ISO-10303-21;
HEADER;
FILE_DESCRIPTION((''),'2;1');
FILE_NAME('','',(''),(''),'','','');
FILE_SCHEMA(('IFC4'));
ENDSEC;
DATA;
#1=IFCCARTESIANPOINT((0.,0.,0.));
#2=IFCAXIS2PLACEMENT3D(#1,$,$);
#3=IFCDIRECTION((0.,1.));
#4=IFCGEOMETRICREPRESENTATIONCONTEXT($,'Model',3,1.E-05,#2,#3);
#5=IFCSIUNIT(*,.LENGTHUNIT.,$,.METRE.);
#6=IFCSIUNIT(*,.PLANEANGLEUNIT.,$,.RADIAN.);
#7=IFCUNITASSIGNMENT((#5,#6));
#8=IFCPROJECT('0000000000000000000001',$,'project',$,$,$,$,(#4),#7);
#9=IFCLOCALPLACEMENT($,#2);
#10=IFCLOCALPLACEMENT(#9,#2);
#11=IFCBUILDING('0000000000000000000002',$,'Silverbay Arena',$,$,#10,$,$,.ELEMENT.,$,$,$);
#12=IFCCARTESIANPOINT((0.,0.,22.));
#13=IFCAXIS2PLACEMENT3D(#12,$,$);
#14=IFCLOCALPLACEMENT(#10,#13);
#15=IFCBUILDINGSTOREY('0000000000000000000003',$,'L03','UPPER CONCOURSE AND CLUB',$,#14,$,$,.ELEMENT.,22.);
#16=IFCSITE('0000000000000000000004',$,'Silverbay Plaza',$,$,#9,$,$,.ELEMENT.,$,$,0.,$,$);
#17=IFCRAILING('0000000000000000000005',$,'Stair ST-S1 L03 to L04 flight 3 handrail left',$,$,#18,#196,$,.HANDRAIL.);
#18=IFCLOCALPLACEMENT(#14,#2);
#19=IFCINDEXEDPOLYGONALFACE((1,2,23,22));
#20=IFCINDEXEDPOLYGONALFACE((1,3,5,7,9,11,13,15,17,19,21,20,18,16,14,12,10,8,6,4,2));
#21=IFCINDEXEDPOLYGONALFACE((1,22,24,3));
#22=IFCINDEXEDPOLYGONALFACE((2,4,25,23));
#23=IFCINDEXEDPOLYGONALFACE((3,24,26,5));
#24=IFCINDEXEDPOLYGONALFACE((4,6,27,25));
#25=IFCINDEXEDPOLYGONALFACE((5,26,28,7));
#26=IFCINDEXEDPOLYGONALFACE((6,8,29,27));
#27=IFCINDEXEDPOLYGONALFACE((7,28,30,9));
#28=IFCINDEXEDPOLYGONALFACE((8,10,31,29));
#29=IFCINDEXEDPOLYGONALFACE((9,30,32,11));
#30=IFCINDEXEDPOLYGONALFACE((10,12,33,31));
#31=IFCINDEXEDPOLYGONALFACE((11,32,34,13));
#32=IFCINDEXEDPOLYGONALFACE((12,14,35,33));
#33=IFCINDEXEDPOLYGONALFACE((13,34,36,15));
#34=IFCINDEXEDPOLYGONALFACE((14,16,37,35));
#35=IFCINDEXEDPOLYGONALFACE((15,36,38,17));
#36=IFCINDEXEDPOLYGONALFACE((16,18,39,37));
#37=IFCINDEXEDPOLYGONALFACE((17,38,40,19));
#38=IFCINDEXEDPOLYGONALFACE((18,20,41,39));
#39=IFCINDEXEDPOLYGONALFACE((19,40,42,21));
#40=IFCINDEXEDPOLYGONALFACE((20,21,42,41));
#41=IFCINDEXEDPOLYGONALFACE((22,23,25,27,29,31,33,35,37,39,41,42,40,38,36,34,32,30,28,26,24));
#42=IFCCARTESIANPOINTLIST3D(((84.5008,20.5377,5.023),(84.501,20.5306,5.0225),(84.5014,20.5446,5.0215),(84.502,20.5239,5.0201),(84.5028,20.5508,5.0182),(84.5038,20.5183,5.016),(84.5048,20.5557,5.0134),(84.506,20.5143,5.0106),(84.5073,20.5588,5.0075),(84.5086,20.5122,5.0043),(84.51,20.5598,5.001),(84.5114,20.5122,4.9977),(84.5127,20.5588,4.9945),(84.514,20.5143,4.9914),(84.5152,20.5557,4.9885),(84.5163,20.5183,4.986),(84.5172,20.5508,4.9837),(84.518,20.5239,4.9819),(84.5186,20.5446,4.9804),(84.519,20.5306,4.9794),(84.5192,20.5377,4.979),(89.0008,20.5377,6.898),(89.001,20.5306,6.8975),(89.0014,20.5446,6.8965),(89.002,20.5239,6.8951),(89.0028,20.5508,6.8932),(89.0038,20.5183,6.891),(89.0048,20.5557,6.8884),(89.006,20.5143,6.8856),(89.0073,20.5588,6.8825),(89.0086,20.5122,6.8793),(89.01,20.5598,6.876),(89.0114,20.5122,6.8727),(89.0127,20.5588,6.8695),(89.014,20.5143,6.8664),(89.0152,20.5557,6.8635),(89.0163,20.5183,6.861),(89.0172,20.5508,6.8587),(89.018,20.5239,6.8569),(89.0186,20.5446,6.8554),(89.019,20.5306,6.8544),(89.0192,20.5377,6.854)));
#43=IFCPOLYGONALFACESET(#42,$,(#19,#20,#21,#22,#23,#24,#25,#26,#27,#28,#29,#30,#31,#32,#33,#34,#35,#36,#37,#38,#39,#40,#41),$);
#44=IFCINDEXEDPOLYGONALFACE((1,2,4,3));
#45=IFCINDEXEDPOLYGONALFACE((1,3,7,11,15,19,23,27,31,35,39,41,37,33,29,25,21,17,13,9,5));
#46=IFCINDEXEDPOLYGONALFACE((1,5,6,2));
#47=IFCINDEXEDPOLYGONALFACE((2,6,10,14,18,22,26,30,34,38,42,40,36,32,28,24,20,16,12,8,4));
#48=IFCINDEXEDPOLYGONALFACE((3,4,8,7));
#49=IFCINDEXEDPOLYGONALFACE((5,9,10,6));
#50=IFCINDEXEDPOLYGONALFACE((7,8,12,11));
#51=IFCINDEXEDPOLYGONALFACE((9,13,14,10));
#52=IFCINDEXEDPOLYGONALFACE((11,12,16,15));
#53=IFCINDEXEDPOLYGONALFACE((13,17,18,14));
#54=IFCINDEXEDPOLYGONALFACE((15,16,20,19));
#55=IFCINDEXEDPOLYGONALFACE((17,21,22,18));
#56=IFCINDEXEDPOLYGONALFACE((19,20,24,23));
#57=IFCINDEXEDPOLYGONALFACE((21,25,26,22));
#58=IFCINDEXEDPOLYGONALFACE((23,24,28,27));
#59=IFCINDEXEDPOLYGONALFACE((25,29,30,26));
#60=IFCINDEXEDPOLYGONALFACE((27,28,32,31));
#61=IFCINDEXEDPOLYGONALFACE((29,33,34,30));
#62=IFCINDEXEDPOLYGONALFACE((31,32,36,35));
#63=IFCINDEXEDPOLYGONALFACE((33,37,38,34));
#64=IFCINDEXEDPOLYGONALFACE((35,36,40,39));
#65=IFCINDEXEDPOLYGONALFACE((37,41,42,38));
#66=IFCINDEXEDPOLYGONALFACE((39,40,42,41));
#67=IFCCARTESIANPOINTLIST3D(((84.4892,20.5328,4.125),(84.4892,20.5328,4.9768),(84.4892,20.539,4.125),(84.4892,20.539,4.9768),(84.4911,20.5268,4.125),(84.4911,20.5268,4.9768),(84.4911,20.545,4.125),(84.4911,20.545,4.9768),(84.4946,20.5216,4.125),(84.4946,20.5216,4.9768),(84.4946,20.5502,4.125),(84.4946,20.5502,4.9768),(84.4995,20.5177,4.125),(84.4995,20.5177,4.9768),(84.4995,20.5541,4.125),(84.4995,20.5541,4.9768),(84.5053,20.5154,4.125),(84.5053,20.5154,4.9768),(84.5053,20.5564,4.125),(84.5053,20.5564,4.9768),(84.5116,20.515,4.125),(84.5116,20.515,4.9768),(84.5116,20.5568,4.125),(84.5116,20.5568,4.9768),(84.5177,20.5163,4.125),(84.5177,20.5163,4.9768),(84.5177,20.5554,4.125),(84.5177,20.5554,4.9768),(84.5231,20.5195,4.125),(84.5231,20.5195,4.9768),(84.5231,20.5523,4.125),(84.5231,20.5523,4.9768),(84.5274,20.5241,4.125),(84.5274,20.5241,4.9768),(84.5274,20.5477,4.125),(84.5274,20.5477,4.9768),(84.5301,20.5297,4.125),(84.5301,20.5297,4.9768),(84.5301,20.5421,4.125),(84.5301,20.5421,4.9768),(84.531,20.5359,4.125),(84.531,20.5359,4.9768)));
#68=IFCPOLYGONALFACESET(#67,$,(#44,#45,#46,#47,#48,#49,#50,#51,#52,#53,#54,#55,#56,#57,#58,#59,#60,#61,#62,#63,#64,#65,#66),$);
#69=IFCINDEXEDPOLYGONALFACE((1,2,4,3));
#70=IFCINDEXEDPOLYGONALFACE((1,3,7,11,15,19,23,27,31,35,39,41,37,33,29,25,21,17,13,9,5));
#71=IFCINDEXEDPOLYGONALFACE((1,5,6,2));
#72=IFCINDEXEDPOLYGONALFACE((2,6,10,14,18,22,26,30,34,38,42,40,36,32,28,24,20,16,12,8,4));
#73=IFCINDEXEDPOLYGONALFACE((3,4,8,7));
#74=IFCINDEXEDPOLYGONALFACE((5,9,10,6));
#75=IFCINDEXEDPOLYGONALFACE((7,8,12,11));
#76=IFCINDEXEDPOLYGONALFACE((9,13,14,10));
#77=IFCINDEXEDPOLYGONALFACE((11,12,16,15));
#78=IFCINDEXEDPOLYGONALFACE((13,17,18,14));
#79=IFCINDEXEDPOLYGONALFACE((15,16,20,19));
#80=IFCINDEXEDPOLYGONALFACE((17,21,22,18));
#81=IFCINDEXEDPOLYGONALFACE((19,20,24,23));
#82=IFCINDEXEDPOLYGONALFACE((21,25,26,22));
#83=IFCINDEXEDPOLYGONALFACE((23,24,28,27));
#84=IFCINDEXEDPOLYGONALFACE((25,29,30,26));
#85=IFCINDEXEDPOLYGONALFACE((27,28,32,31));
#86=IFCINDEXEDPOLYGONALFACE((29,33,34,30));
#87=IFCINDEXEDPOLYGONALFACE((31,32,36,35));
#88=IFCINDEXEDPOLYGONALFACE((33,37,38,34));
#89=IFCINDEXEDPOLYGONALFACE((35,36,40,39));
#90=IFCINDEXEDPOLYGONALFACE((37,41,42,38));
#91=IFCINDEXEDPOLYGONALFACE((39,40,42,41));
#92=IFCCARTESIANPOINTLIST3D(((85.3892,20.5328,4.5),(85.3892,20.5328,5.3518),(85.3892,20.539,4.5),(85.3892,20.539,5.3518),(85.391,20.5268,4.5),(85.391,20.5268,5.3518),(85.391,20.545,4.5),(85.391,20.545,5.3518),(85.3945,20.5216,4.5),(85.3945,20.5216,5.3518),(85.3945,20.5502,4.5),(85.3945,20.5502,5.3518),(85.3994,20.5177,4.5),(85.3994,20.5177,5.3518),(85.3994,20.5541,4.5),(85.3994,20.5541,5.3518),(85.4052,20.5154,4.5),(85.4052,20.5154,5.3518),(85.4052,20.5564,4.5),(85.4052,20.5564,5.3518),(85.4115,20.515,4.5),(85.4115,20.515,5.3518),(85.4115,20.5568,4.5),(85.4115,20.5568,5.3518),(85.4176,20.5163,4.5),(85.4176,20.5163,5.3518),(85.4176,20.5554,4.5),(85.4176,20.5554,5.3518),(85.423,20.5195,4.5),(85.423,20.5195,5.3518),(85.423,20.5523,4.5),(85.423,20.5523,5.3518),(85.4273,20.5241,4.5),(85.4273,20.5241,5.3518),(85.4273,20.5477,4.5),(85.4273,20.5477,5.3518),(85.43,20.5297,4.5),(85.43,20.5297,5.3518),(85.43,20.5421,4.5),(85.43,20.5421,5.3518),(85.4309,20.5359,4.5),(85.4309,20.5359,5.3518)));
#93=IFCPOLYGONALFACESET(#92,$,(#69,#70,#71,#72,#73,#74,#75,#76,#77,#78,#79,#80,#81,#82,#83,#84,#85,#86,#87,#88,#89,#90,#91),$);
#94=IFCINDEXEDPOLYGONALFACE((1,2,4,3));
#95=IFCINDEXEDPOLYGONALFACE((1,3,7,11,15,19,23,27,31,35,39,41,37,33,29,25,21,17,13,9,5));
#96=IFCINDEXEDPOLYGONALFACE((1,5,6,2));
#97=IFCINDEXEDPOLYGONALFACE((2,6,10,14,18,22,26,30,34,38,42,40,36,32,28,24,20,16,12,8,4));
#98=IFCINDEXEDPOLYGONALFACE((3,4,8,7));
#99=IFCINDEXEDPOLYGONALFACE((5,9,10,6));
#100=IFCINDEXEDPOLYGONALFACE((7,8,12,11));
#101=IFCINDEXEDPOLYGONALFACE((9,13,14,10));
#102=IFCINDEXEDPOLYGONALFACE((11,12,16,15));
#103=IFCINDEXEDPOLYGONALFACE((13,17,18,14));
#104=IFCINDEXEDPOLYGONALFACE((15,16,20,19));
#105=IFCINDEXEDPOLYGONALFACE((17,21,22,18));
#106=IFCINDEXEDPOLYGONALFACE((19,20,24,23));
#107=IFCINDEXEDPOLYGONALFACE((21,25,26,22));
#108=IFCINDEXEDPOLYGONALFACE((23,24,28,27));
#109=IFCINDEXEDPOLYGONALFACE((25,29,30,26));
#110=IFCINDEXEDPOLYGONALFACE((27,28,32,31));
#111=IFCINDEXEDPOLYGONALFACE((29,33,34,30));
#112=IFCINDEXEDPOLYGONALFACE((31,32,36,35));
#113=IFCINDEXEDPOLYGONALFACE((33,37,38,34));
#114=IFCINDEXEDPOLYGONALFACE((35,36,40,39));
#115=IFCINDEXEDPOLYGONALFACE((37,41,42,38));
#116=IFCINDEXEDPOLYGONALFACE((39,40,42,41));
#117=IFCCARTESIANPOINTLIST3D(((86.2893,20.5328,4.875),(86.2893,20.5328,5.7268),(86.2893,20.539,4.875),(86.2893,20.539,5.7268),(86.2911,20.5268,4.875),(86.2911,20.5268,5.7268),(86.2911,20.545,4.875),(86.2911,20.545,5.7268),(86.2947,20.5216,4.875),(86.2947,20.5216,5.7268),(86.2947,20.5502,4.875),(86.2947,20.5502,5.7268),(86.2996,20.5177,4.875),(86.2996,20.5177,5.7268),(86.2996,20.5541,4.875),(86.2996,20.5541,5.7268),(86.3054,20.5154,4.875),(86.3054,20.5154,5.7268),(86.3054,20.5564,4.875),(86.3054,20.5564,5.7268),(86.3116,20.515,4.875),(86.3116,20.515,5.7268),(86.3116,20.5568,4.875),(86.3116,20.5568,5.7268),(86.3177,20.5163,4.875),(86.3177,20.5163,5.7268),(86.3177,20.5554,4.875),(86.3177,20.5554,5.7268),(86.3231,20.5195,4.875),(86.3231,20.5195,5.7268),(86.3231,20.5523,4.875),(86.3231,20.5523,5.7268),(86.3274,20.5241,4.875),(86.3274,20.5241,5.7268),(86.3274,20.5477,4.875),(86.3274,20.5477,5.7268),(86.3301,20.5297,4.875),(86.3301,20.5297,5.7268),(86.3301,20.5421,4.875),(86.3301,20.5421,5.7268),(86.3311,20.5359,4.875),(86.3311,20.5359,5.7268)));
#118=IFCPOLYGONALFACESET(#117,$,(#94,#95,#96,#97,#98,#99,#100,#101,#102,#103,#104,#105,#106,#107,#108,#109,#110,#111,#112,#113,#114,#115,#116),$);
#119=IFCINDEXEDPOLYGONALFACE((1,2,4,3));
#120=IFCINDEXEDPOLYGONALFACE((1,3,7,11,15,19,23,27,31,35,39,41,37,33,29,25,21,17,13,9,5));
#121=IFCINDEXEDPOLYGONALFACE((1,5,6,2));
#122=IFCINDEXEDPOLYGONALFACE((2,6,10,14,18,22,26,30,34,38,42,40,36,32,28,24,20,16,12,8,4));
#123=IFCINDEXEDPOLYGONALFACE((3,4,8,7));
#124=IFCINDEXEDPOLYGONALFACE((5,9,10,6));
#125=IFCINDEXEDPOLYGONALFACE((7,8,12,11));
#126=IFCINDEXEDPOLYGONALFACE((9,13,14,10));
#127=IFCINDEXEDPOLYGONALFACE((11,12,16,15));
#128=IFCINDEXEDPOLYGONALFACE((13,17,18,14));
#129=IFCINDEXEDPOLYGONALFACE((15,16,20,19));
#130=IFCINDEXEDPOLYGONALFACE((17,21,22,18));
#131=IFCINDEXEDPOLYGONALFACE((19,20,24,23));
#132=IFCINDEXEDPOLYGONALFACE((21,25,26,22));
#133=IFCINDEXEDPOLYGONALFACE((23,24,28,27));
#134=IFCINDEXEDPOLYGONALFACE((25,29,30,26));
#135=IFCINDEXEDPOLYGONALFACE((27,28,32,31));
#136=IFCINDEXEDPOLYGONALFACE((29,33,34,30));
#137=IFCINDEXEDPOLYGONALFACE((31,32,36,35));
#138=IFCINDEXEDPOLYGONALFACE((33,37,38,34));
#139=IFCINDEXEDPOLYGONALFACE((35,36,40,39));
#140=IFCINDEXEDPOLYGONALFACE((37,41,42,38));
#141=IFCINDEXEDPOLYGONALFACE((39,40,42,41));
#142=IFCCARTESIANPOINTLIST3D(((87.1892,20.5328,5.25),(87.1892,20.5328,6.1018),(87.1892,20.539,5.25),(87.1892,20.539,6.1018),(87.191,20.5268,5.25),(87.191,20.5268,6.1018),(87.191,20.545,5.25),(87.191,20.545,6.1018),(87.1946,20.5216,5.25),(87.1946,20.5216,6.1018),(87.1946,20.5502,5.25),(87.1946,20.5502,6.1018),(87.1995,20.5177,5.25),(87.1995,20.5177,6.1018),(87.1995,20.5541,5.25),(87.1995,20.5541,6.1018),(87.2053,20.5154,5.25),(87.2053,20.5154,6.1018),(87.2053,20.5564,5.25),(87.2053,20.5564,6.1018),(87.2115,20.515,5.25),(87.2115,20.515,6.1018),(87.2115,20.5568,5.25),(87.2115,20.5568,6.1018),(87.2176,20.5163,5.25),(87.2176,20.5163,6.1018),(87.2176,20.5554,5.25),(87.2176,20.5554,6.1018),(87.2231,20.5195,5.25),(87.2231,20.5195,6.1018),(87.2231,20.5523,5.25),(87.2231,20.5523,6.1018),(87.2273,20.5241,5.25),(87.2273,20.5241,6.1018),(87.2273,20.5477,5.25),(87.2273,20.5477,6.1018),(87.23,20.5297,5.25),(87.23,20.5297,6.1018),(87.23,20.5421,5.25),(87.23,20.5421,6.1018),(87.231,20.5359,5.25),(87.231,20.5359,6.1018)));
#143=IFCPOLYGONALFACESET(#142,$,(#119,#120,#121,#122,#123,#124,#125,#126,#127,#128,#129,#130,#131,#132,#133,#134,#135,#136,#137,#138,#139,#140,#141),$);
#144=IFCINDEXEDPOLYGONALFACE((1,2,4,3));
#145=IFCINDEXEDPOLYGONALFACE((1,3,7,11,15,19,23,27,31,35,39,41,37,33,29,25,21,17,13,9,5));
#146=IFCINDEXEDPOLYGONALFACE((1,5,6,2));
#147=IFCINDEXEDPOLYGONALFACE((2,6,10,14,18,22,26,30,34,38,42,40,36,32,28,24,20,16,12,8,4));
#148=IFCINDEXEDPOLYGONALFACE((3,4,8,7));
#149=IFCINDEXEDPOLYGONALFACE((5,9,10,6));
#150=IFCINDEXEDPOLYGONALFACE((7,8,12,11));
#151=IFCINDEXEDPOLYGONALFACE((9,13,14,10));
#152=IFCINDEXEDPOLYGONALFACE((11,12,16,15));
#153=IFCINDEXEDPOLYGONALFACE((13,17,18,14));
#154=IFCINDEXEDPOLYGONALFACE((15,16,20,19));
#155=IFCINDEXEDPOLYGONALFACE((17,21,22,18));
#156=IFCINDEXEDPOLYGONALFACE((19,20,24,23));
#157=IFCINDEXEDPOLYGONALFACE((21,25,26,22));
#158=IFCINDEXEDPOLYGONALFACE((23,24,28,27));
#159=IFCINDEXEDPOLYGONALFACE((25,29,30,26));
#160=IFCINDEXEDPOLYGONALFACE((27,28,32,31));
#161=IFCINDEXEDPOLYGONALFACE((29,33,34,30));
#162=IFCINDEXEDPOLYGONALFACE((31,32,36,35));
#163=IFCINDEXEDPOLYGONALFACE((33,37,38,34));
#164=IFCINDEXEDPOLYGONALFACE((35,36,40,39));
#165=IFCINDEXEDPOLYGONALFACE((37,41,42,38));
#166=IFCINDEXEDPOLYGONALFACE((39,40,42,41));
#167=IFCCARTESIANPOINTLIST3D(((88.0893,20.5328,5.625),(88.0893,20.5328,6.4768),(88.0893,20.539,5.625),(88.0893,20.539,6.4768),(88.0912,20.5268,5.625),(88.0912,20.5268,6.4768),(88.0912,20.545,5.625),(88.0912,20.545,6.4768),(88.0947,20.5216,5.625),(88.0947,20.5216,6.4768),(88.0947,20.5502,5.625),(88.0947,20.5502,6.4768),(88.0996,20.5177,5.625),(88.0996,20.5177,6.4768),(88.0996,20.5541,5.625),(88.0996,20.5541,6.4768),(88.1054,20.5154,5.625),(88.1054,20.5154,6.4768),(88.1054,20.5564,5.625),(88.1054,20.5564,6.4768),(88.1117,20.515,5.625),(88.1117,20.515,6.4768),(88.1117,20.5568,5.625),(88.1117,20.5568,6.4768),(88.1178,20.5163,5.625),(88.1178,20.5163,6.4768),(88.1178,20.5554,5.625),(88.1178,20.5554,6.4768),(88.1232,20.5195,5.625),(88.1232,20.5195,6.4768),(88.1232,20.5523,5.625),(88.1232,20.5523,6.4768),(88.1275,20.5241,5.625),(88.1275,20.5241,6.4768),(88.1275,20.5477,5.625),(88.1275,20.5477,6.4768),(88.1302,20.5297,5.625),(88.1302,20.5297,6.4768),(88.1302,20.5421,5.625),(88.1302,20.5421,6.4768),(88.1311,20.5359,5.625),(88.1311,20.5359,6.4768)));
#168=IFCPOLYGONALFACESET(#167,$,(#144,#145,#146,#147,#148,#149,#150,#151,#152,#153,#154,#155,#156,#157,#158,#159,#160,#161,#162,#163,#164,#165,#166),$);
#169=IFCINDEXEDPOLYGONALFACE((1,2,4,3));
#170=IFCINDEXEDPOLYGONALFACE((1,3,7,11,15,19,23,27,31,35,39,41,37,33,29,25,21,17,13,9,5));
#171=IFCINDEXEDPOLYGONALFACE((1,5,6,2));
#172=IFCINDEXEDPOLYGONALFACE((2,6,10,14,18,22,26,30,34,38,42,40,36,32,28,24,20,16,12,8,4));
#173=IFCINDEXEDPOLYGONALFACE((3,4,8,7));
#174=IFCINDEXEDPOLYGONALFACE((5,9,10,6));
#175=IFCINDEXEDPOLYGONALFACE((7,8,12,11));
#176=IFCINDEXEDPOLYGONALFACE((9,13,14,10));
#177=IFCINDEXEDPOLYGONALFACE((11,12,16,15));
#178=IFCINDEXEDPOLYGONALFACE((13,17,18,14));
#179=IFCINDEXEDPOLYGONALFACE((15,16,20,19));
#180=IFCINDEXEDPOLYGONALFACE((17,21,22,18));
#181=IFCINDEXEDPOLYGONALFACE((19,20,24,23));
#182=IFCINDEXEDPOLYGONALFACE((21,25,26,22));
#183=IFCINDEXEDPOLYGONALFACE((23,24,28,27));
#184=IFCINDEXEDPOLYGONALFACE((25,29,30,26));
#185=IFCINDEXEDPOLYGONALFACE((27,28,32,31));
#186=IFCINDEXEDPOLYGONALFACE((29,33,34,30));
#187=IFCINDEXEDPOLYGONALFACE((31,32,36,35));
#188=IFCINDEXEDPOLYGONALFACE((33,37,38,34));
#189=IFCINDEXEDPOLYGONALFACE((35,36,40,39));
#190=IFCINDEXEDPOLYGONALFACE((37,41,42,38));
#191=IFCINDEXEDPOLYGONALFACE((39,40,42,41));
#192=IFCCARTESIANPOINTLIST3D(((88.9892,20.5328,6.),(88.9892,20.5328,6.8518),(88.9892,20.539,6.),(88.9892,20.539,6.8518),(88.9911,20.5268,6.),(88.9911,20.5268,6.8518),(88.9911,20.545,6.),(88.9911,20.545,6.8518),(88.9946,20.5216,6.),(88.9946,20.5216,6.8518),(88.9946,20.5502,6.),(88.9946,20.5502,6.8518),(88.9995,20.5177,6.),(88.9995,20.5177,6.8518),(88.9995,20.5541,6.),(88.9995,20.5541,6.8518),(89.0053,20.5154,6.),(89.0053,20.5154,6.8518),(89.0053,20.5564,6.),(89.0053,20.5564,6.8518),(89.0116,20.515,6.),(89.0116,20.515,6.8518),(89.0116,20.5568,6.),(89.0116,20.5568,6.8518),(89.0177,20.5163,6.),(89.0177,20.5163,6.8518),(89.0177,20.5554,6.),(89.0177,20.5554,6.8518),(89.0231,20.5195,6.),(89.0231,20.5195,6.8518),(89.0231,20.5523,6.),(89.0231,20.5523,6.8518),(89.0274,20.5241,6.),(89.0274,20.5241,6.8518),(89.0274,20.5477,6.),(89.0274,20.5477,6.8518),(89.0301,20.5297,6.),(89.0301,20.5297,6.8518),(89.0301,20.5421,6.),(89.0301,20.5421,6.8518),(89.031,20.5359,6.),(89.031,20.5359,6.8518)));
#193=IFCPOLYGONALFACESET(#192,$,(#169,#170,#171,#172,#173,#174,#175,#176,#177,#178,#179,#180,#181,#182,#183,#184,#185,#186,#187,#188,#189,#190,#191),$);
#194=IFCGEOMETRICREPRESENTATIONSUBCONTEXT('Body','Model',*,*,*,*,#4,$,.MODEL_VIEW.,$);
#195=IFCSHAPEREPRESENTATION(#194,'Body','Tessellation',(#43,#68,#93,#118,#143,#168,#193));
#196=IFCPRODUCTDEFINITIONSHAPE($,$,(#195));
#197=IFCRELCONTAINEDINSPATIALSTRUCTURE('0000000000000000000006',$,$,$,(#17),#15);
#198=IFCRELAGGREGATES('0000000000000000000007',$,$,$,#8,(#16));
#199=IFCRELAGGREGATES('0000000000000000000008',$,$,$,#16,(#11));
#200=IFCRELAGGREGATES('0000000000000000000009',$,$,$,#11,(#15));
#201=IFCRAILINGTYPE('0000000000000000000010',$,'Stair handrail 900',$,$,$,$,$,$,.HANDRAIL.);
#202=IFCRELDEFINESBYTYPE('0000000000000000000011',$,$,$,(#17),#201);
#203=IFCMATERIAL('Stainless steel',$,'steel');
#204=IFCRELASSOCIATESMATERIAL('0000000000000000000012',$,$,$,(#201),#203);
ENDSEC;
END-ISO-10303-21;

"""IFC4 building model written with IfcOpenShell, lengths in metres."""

from ifc_helpers import new_model, si_unit, direction, frame, origin, origin_2d, place, context, subcontext, project, spatial, circle, extrude, material, type_object, element, save


model = new_model("IFC4")

# Units and contexts
model_context = context("Model", 3, precision=1e-05, world=origin(), true_north=direction((0.0, 1.0)))
body_context = subcontext(model_context, "Body", "Model", "MODEL_VIEW")
ifc_project = project(units=[si_unit("LENGTHUNIT", "METRE"), si_unit("PLANEANGLEUNIT", "RADIAN")], contexts=[model_context])

# Site, building, storey
site_placement = place(None, origin())
site = spatial("IfcSite", under=ifc_project, at=site_placement, Name="Silverbay Plaza", CompositionType="ELEMENT", RefElevation=0.0)
building_placement = place(site_placement, origin())
building = spatial("IfcBuilding", under=site, at=building_placement, Name="Silverbay Arena", CompositionType="ELEMENT")
storey_placement = place(building_placement, frame((0.0, 0.0, 22.0)))
storey = spatial("IfcBuildingStorey", under=building, at=storey_placement, Name="L03", Description="UPPER CONCOURSE AND CLUB", CompositionType="ELEMENT", Elevation=22.0)

# Railing
ifc_material_1 = material(Name="Stainless steel", Category="steel")
railing_type_1 = type_object("IfcRailingType", Name="Stair handrail 900", PredefinedType="HANDRAIL", material=ifc_material_1)
for number, where, name in (
    (1, (84.51, 20.5359, 4.125), "Stair ST-S1 L03 to L04 flight 3 handrail left"),
):
    element("IfcRailing", number, at=place(storey_placement, frame(where)), inside=storey, type_object=railing_type_1, Name=name, PredefinedType="HANDRAIL", context=body_context, shape_type="SweptSolid", body=[
        extrude(circle(Radius=0.0239, at=origin_2d()), frame((0.0, 0.0, 0.876), z_axis=(0.923077, 0.0, 0.384615), x_axis=(0.0, 1.0, 0.0)), (0.0, 0.0, 1.0), 4.875),
        extrude(circle(Radius=0.021, at=origin_2d()), origin(), (0.0, 0.0, 1.0), 0.8518),
        extrude(circle(Radius=0.021, at=origin_2d()), frame((0.8999, 0.0, 0.375)), (0.0, 0.0, 1.0), 0.8518),
        extrude(circle(Radius=0.021, at=origin_2d()), frame((1.8, 0.0, 0.75)), (0.0, 0.0, 1.0), 0.8518),
        extrude(circle(Radius=0.021, at=origin_2d()), frame((2.7, 0.0, 1.125)), (0.0, 0.0, 1.0), 0.8518),
        extrude(circle(Radius=0.021, at=origin_2d()), frame((3.6001, 0.0, 1.5)), (0.0, 0.0, 1.0), 0.8518),
        extrude(circle(Radius=0.021, at=origin_2d()), frame((4.5, 0.0, 1.875)), (0.0, 0.0, 1.0), 0.8518),
    ])

save(model, "model.ifc")
